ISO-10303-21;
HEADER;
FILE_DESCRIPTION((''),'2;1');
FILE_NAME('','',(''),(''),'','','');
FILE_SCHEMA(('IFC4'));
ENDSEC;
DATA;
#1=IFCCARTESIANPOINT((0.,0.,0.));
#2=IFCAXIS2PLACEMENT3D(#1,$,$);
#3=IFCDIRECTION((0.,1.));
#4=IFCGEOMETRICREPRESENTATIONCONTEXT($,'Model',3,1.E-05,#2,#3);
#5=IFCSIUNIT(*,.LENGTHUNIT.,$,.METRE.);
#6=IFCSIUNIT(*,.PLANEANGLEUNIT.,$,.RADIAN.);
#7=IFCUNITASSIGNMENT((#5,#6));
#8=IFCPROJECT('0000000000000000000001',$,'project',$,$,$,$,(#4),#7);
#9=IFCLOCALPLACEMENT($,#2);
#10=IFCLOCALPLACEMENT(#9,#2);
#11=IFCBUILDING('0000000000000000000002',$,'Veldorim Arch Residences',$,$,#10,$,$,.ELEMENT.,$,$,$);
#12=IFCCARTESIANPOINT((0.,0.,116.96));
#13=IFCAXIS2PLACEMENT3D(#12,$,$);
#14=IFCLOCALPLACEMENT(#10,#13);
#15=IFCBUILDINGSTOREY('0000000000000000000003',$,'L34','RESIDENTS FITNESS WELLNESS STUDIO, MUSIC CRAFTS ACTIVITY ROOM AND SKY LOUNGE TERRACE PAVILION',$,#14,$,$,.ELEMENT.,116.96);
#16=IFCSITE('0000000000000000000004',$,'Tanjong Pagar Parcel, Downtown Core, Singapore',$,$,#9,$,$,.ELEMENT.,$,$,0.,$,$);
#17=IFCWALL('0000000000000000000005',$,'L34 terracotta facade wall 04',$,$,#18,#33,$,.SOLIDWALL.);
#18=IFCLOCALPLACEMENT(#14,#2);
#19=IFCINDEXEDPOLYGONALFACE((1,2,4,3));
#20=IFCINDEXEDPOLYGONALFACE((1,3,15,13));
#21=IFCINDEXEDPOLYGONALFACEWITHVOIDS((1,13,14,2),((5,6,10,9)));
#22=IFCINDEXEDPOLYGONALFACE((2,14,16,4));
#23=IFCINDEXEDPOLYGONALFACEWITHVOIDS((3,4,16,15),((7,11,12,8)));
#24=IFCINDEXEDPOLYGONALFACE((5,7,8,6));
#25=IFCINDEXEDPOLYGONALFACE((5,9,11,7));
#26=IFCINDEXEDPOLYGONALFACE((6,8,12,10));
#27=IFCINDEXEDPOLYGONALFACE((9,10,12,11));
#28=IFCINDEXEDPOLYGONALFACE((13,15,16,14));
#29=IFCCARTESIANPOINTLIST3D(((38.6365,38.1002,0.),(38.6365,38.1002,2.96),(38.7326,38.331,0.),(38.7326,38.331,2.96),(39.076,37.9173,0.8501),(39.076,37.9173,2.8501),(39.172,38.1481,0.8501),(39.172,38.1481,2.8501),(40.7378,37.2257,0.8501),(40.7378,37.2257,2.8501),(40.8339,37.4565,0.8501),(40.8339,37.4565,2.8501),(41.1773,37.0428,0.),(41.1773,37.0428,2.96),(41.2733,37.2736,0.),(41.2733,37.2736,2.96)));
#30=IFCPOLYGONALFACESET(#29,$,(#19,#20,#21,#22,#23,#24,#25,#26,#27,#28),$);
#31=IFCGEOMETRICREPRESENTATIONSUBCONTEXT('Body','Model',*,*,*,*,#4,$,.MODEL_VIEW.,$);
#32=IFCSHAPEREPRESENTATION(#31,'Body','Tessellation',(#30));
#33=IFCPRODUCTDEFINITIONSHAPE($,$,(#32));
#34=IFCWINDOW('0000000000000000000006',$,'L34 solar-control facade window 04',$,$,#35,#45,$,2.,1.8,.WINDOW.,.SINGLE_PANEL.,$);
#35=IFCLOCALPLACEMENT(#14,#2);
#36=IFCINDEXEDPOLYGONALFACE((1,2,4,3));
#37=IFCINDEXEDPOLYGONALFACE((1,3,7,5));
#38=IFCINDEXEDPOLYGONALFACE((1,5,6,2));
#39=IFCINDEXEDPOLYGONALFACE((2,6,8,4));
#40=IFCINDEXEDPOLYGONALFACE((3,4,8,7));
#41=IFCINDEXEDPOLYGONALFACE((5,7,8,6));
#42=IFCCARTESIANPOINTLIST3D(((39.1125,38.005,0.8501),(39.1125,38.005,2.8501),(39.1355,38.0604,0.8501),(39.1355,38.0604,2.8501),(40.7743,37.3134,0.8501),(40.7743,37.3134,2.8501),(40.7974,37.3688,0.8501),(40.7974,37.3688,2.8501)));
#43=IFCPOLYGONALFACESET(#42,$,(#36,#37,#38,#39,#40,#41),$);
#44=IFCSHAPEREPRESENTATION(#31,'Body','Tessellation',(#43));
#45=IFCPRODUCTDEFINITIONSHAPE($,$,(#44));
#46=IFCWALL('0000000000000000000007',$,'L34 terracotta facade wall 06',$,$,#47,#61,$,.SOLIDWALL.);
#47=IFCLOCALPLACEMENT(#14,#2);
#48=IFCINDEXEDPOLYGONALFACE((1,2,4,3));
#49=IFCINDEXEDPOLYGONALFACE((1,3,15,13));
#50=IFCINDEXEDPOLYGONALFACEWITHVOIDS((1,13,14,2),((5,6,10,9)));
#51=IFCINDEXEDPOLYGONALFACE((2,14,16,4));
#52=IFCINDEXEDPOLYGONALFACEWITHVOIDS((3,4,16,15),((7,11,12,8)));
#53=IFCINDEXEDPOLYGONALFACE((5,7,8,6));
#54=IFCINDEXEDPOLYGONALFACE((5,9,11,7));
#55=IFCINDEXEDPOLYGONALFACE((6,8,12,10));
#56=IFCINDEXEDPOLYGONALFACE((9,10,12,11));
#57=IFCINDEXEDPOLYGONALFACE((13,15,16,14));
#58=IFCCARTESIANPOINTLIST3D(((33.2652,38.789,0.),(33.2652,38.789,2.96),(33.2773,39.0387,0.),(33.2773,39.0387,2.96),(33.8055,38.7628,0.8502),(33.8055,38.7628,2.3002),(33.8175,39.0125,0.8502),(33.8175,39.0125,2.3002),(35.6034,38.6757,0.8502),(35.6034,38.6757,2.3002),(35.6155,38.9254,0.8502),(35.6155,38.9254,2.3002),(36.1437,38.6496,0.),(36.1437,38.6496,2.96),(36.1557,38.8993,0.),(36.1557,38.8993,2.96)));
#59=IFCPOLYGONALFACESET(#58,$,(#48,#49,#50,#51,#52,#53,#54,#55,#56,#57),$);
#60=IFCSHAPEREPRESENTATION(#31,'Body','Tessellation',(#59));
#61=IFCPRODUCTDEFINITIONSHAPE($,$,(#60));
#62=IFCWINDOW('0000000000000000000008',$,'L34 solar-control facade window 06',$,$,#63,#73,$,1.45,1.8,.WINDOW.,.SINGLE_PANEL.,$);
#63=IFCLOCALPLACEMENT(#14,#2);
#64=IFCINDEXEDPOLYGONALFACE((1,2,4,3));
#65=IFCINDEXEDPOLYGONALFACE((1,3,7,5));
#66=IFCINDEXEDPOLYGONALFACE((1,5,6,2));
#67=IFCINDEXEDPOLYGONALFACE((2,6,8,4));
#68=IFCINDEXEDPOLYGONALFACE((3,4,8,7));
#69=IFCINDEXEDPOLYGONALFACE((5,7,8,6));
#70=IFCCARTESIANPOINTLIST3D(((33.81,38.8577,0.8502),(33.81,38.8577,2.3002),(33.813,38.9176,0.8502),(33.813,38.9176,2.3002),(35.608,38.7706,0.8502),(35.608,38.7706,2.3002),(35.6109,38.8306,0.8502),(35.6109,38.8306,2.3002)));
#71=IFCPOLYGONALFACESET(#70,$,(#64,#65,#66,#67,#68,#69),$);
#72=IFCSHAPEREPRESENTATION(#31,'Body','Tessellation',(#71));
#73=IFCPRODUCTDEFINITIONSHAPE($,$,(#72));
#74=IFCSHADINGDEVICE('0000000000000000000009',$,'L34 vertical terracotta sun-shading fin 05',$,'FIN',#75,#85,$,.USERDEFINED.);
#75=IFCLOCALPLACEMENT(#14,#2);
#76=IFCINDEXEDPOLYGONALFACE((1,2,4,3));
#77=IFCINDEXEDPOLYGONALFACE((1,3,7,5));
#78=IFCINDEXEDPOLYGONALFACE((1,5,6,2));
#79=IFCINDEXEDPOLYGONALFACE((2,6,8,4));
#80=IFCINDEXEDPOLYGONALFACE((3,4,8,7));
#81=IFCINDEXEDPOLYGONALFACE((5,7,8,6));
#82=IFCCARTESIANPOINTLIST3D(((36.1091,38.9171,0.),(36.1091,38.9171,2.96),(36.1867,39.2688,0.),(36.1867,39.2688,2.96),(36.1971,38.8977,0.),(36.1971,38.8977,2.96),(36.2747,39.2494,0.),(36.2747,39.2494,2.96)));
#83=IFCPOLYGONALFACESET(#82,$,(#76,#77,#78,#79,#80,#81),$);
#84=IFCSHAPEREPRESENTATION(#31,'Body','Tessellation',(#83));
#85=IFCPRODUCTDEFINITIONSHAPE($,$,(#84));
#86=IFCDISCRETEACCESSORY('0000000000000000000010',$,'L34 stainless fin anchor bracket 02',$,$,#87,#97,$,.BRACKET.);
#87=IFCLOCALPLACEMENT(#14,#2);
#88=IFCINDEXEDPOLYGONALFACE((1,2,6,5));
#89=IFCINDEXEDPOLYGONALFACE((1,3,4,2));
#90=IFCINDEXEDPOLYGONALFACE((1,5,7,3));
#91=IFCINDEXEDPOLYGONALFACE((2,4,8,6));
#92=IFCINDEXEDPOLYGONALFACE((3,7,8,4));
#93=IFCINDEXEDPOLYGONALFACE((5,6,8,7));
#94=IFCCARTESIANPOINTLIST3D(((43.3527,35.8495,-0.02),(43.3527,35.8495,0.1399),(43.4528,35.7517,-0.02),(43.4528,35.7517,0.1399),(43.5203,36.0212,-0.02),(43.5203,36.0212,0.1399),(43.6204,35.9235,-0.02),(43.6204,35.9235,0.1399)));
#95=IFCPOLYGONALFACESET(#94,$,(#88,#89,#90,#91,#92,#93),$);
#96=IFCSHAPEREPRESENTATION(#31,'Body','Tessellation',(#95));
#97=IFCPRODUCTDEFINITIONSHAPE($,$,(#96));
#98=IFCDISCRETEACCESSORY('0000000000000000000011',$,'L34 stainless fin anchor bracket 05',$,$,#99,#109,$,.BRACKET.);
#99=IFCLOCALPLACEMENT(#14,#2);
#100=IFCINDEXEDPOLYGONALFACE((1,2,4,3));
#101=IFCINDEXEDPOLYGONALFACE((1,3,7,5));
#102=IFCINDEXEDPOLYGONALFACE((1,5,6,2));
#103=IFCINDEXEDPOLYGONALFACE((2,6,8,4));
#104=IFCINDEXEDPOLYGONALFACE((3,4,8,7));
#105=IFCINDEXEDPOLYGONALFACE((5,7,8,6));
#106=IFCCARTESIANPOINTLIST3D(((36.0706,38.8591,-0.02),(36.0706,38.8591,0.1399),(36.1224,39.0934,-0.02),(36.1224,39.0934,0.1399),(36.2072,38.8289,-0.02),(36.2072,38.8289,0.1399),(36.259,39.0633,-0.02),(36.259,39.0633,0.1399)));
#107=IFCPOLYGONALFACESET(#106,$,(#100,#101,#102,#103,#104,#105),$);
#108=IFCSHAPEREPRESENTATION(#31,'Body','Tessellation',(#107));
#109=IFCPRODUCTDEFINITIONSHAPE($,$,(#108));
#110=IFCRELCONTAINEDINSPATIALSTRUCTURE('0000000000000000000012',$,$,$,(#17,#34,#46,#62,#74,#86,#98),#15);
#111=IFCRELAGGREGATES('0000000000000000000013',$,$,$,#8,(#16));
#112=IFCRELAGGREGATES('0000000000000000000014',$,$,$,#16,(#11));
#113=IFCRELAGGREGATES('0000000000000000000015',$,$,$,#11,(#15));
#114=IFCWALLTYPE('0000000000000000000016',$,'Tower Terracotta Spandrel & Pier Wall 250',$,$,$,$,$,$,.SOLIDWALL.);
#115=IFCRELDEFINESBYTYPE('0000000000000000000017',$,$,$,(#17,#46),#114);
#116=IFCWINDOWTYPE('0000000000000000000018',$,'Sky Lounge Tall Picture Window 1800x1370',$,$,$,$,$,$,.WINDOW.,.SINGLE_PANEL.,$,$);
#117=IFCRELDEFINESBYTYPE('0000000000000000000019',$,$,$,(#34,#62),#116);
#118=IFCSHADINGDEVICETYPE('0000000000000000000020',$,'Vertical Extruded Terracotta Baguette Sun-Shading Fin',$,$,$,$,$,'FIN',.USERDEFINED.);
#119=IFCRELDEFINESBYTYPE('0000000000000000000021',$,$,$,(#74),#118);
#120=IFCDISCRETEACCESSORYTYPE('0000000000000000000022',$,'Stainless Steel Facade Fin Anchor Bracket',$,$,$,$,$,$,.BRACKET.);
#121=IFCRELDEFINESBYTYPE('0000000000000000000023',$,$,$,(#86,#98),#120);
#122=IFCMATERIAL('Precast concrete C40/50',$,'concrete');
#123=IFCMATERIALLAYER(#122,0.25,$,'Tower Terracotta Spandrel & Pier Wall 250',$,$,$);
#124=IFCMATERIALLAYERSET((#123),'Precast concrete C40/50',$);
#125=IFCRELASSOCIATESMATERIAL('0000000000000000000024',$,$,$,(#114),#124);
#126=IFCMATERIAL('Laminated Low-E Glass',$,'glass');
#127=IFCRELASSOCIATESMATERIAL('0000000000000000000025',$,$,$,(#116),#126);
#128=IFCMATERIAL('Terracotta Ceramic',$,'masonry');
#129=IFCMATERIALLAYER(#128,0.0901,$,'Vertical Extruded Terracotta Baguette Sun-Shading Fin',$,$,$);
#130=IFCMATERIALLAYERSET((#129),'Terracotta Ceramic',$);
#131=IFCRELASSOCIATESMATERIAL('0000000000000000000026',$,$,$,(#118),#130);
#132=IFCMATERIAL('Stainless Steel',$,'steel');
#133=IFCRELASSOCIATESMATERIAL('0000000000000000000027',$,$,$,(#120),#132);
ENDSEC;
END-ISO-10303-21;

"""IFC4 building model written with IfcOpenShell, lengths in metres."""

from ifc_helpers import new_model, si_unit, direction, frame, frame_2d, origin, origin_2d, place, context, subcontext, project, spatial, rectangle, extrude, material, layer, layer_set, type_object, element, fill, save


model = new_model("IFC4")

# Units and contexts
model_context = context("Model", 3, precision=1e-05, world=origin(), true_north=direction((0.0, 1.0)))
body_context = subcontext(model_context, "Body", "Model", "MODEL_VIEW")
ifc_project = project(units=[si_unit("LENGTHUNIT", "METRE"), si_unit("PLANEANGLEUNIT", "RADIAN")], contexts=[model_context])

# Site, building, storey
site_placement = place(None, origin())
site = spatial("IfcSite", under=ifc_project, at=site_placement, Name="Tanjong Pagar Parcel, Downtown Core, Singapore", CompositionType="ELEMENT", RefElevation=0.0)
building_placement = place(site_placement, origin())
building = spatial("IfcBuilding", under=site, at=building_placement, Name="Veldorim Arch Residences", CompositionType="ELEMENT")
storey_placement = place(building_placement, frame((0.0, 0.0, 116.96)))
storey = spatial("IfcBuildingStorey", under=building, at=storey_placement, Name="L34", Description="RESIDENTS FITNESS WELLNESS STUDIO, MUSIC CRAFTS ACTIVITY ROOM AND SKY LOUNGE TERRACE PAVILION", CompositionType="ELEMENT", Elevation=116.96)

# Shared definitions
ifc_material_1 = material(Name="Precast concrete C40/50", Category="concrete")
ifc_layer_1 = layer(ifc_material_1, 0.25, Name="Tower Terracotta Spandrel & Pier Wall 250")
ifc_layer_set_1 = layer_set([ifc_layer_1], Name="Precast concrete C40/50")
wall_type_1 = type_object("IfcWallType", Name="Tower Terracotta Spandrel & Pier Wall 250", PredefinedType="SOLIDWALL", material=ifc_layer_set_1)

# Walls, openings, windows
wall_1_placement = place(storey_placement, frame((38.6846, 38.2156, 0.0), z_axis=(0.0, 0.0, 1.0), x_axis=(0.923242, -0.384219, 0.0)))
wall_1 = element("IfcWall", 1, at=wall_1_placement, inside=storey, type_object=wall_type_1, Name="L34 terracotta facade wall 04", PredefinedType="SOLIDWALL", context=body_context, shape_type="SweptSolid", body=[
    extrude(rectangle(XDim=2.752, YDim=0.25, at=frame_2d((1.376, 0.0))), origin(), (0.0, 0.0, 1.0), 2.96),
])
opening_1_placement = place(wall_1_placement, frame((0.4761, 0.0, 0.8501)))
opening_1 = element("IfcOpeningElement", 2, at=opening_1_placement, cuts=wall_1, PredefinedType="OPENING", context=body_context, shape_type="SweptSolid", body=[
    extrude(rectangle(XDim=1.8, YDim=2.0, at=frame_2d((0.8999, 1.0))), frame((0.0, 0.135, 0.0), z_axis=(0.0, -1.0, 0.0), x_axis=(1.0, 0.0, 0.0)), (0.0, 0.0, 1.0), 0.27),
])
ifc_material_2 = material(Name="Laminated Low-E Glass", Category="glass")
window_type = type_object("IfcWindowType", Name="Sky Lounge Tall Picture Window 1800x1370", PartitioningType="SINGLE_PANEL", PredefinedType="WINDOW", material=ifc_material_2)
window_1_placement = place(opening_1_placement, origin())
window_1 = element("IfcWindow", 3, at=window_1_placement, inside=storey, type_object=window_type, Name="L34 solar-control facade window 04", OverallHeight=2.0, OverallWidth=1.8, PartitioningType="SINGLE_PANEL", PredefinedType="WINDOW", context=body_context, shape_type="SweptSolid", body=[
    extrude(rectangle(XDim=1.8, YDim=2.0, at=frame_2d((0.8999, 1.0))), frame((0.0, 0.03, 0.0), z_axis=(0.0, -1.0, 0.0), x_axis=(1.0, 0.0, 0.0)), (0.0, 0.0, 1.0), 0.0601),
])
fill(opening_1, window_1)
wall_2_placement = place(storey_placement, frame((33.2712, 38.9138, 0.0), z_axis=(0.0, 0.0, 1.0), x_axis=(0.998829, -0.048374, 0.0)))
wall_2 = element("IfcWall", 4, at=wall_2_placement, inside=storey, type_object=wall_type_1, Name="L34 terracotta facade wall 06", PredefinedType="SOLIDWALL", context=body_context, shape_type="SweptSolid", body=[
    extrude(rectangle(XDim=2.8818, YDim=0.25, at=frame_2d((1.4409, 0.0))), origin(), (0.0, 0.0, 1.0), 2.96),
])
opening_2_placement = place(wall_2_placement, frame((0.541, 0.0, 0.8501)))
opening_2 = element("IfcOpeningElement", 5, at=opening_2_placement, cuts=wall_2, PredefinedType="OPENING", context=body_context, shape_type="SweptSolid", body=[
    extrude(rectangle(XDim=1.8, YDim=1.45, at=frame_2d((0.8999, 0.7251))), frame((0.0, 0.135, 0.0), z_axis=(0.0, -1.0, 0.0), x_axis=(1.0, 0.0, 0.0)), (0.0, 0.0, 1.0), 0.27),
])
window_2_placement = place(opening_2_placement, origin())
window_2 = element("IfcWindow", 6, at=window_2_placement, inside=storey, type_object=window_type, Name="L34 solar-control facade window 06", OverallHeight=1.45, OverallWidth=1.8, PartitioningType="SINGLE_PANEL", PredefinedType="WINDOW", context=body_context, shape_type="SweptSolid", body=[
    extrude(rectangle(XDim=1.8, YDim=1.45, at=frame_2d((0.8999, 0.7251))), frame((0.0, 0.03, 0.0), z_axis=(0.0, -1.0, 0.0), x_axis=(1.0, 0.0, 0.0)), (0.0, 0.0, 1.0), 0.0601),
])
fill(opening_2, window_2)

# Shading device
ifc_material_3 = material(Name="Terracotta Ceramic", Category="masonry")
ifc_layer_2 = layer(ifc_material_3, 0.0901, Name="Vertical Extruded Terracotta Baguette Sun-Shading Fin")
ifc_layer_set_2 = layer_set([ifc_layer_2], Name="Terracotta Ceramic")
shading_device_type = type_object("IfcShadingDeviceType", Name="Vertical Extruded Terracotta Baguette Sun-Shading Fin", ElementType="FIN", PredefinedType="USERDEFINED", material=ifc_layer_set_2)
shading_device_placement = place(storey_placement, frame((36.1919, 39.0833, 0.0), z_axis=(0.0, 0.0, 1.0), x_axis=(0.976485, -0.215588, 0.0)))
element("IfcShadingDevice", 7, at=shading_device_placement, inside=storey, type_object=shading_device_type, Name="L34 vertical terracotta sun-shading fin 05", ObjectType="FIN", PredefinedType="USERDEFINED", context=body_context, shape_type="SweptSolid", body=[
    extrude(rectangle(XDim=0.0901, YDim=0.3601, at=origin_2d()), origin(), (0.0, 0.0, 1.0), 2.96),
])

# Discrete accessories
ifc_material_4 = material(Name="Stainless Steel", Category="steel")
discrete_accessory_type = type_object("IfcDiscreteAccessoryType", Name="Stainless Steel Facade Fin Anchor Bracket", PredefinedType="BRACKET", material=ifc_material_4)
for number, where, z_axis, x_axis, name in (
    (8, (43.4866, 35.8865, -0.02), (0.0, 0.0, 1.0), (0.715571, -0.69854, 0.0), "L34 stainless fin anchor bracket 02"),
    (9, (36.1648, 38.9612, -0.02), (0.0, 0.0, 1.0), (0.976485, -0.215588, 0.0), "L34 stainless fin anchor bracket 05"),
):
    element("IfcDiscreteAccessory", number, at=place(storey_placement, frame(where, z_axis=z_axis, x_axis=x_axis)), inside=storey, type_object=discrete_accessory_type, Name=name, PredefinedType="BRACKET", context=body_context, shape_type="SweptSolid", body=[
        extrude(rectangle(XDim=0.1399, YDim=0.24, at=origin_2d()), origin(), (0.0, 0.0, 1.0), 0.1599),
    ])

save(model, "model.ifc")
